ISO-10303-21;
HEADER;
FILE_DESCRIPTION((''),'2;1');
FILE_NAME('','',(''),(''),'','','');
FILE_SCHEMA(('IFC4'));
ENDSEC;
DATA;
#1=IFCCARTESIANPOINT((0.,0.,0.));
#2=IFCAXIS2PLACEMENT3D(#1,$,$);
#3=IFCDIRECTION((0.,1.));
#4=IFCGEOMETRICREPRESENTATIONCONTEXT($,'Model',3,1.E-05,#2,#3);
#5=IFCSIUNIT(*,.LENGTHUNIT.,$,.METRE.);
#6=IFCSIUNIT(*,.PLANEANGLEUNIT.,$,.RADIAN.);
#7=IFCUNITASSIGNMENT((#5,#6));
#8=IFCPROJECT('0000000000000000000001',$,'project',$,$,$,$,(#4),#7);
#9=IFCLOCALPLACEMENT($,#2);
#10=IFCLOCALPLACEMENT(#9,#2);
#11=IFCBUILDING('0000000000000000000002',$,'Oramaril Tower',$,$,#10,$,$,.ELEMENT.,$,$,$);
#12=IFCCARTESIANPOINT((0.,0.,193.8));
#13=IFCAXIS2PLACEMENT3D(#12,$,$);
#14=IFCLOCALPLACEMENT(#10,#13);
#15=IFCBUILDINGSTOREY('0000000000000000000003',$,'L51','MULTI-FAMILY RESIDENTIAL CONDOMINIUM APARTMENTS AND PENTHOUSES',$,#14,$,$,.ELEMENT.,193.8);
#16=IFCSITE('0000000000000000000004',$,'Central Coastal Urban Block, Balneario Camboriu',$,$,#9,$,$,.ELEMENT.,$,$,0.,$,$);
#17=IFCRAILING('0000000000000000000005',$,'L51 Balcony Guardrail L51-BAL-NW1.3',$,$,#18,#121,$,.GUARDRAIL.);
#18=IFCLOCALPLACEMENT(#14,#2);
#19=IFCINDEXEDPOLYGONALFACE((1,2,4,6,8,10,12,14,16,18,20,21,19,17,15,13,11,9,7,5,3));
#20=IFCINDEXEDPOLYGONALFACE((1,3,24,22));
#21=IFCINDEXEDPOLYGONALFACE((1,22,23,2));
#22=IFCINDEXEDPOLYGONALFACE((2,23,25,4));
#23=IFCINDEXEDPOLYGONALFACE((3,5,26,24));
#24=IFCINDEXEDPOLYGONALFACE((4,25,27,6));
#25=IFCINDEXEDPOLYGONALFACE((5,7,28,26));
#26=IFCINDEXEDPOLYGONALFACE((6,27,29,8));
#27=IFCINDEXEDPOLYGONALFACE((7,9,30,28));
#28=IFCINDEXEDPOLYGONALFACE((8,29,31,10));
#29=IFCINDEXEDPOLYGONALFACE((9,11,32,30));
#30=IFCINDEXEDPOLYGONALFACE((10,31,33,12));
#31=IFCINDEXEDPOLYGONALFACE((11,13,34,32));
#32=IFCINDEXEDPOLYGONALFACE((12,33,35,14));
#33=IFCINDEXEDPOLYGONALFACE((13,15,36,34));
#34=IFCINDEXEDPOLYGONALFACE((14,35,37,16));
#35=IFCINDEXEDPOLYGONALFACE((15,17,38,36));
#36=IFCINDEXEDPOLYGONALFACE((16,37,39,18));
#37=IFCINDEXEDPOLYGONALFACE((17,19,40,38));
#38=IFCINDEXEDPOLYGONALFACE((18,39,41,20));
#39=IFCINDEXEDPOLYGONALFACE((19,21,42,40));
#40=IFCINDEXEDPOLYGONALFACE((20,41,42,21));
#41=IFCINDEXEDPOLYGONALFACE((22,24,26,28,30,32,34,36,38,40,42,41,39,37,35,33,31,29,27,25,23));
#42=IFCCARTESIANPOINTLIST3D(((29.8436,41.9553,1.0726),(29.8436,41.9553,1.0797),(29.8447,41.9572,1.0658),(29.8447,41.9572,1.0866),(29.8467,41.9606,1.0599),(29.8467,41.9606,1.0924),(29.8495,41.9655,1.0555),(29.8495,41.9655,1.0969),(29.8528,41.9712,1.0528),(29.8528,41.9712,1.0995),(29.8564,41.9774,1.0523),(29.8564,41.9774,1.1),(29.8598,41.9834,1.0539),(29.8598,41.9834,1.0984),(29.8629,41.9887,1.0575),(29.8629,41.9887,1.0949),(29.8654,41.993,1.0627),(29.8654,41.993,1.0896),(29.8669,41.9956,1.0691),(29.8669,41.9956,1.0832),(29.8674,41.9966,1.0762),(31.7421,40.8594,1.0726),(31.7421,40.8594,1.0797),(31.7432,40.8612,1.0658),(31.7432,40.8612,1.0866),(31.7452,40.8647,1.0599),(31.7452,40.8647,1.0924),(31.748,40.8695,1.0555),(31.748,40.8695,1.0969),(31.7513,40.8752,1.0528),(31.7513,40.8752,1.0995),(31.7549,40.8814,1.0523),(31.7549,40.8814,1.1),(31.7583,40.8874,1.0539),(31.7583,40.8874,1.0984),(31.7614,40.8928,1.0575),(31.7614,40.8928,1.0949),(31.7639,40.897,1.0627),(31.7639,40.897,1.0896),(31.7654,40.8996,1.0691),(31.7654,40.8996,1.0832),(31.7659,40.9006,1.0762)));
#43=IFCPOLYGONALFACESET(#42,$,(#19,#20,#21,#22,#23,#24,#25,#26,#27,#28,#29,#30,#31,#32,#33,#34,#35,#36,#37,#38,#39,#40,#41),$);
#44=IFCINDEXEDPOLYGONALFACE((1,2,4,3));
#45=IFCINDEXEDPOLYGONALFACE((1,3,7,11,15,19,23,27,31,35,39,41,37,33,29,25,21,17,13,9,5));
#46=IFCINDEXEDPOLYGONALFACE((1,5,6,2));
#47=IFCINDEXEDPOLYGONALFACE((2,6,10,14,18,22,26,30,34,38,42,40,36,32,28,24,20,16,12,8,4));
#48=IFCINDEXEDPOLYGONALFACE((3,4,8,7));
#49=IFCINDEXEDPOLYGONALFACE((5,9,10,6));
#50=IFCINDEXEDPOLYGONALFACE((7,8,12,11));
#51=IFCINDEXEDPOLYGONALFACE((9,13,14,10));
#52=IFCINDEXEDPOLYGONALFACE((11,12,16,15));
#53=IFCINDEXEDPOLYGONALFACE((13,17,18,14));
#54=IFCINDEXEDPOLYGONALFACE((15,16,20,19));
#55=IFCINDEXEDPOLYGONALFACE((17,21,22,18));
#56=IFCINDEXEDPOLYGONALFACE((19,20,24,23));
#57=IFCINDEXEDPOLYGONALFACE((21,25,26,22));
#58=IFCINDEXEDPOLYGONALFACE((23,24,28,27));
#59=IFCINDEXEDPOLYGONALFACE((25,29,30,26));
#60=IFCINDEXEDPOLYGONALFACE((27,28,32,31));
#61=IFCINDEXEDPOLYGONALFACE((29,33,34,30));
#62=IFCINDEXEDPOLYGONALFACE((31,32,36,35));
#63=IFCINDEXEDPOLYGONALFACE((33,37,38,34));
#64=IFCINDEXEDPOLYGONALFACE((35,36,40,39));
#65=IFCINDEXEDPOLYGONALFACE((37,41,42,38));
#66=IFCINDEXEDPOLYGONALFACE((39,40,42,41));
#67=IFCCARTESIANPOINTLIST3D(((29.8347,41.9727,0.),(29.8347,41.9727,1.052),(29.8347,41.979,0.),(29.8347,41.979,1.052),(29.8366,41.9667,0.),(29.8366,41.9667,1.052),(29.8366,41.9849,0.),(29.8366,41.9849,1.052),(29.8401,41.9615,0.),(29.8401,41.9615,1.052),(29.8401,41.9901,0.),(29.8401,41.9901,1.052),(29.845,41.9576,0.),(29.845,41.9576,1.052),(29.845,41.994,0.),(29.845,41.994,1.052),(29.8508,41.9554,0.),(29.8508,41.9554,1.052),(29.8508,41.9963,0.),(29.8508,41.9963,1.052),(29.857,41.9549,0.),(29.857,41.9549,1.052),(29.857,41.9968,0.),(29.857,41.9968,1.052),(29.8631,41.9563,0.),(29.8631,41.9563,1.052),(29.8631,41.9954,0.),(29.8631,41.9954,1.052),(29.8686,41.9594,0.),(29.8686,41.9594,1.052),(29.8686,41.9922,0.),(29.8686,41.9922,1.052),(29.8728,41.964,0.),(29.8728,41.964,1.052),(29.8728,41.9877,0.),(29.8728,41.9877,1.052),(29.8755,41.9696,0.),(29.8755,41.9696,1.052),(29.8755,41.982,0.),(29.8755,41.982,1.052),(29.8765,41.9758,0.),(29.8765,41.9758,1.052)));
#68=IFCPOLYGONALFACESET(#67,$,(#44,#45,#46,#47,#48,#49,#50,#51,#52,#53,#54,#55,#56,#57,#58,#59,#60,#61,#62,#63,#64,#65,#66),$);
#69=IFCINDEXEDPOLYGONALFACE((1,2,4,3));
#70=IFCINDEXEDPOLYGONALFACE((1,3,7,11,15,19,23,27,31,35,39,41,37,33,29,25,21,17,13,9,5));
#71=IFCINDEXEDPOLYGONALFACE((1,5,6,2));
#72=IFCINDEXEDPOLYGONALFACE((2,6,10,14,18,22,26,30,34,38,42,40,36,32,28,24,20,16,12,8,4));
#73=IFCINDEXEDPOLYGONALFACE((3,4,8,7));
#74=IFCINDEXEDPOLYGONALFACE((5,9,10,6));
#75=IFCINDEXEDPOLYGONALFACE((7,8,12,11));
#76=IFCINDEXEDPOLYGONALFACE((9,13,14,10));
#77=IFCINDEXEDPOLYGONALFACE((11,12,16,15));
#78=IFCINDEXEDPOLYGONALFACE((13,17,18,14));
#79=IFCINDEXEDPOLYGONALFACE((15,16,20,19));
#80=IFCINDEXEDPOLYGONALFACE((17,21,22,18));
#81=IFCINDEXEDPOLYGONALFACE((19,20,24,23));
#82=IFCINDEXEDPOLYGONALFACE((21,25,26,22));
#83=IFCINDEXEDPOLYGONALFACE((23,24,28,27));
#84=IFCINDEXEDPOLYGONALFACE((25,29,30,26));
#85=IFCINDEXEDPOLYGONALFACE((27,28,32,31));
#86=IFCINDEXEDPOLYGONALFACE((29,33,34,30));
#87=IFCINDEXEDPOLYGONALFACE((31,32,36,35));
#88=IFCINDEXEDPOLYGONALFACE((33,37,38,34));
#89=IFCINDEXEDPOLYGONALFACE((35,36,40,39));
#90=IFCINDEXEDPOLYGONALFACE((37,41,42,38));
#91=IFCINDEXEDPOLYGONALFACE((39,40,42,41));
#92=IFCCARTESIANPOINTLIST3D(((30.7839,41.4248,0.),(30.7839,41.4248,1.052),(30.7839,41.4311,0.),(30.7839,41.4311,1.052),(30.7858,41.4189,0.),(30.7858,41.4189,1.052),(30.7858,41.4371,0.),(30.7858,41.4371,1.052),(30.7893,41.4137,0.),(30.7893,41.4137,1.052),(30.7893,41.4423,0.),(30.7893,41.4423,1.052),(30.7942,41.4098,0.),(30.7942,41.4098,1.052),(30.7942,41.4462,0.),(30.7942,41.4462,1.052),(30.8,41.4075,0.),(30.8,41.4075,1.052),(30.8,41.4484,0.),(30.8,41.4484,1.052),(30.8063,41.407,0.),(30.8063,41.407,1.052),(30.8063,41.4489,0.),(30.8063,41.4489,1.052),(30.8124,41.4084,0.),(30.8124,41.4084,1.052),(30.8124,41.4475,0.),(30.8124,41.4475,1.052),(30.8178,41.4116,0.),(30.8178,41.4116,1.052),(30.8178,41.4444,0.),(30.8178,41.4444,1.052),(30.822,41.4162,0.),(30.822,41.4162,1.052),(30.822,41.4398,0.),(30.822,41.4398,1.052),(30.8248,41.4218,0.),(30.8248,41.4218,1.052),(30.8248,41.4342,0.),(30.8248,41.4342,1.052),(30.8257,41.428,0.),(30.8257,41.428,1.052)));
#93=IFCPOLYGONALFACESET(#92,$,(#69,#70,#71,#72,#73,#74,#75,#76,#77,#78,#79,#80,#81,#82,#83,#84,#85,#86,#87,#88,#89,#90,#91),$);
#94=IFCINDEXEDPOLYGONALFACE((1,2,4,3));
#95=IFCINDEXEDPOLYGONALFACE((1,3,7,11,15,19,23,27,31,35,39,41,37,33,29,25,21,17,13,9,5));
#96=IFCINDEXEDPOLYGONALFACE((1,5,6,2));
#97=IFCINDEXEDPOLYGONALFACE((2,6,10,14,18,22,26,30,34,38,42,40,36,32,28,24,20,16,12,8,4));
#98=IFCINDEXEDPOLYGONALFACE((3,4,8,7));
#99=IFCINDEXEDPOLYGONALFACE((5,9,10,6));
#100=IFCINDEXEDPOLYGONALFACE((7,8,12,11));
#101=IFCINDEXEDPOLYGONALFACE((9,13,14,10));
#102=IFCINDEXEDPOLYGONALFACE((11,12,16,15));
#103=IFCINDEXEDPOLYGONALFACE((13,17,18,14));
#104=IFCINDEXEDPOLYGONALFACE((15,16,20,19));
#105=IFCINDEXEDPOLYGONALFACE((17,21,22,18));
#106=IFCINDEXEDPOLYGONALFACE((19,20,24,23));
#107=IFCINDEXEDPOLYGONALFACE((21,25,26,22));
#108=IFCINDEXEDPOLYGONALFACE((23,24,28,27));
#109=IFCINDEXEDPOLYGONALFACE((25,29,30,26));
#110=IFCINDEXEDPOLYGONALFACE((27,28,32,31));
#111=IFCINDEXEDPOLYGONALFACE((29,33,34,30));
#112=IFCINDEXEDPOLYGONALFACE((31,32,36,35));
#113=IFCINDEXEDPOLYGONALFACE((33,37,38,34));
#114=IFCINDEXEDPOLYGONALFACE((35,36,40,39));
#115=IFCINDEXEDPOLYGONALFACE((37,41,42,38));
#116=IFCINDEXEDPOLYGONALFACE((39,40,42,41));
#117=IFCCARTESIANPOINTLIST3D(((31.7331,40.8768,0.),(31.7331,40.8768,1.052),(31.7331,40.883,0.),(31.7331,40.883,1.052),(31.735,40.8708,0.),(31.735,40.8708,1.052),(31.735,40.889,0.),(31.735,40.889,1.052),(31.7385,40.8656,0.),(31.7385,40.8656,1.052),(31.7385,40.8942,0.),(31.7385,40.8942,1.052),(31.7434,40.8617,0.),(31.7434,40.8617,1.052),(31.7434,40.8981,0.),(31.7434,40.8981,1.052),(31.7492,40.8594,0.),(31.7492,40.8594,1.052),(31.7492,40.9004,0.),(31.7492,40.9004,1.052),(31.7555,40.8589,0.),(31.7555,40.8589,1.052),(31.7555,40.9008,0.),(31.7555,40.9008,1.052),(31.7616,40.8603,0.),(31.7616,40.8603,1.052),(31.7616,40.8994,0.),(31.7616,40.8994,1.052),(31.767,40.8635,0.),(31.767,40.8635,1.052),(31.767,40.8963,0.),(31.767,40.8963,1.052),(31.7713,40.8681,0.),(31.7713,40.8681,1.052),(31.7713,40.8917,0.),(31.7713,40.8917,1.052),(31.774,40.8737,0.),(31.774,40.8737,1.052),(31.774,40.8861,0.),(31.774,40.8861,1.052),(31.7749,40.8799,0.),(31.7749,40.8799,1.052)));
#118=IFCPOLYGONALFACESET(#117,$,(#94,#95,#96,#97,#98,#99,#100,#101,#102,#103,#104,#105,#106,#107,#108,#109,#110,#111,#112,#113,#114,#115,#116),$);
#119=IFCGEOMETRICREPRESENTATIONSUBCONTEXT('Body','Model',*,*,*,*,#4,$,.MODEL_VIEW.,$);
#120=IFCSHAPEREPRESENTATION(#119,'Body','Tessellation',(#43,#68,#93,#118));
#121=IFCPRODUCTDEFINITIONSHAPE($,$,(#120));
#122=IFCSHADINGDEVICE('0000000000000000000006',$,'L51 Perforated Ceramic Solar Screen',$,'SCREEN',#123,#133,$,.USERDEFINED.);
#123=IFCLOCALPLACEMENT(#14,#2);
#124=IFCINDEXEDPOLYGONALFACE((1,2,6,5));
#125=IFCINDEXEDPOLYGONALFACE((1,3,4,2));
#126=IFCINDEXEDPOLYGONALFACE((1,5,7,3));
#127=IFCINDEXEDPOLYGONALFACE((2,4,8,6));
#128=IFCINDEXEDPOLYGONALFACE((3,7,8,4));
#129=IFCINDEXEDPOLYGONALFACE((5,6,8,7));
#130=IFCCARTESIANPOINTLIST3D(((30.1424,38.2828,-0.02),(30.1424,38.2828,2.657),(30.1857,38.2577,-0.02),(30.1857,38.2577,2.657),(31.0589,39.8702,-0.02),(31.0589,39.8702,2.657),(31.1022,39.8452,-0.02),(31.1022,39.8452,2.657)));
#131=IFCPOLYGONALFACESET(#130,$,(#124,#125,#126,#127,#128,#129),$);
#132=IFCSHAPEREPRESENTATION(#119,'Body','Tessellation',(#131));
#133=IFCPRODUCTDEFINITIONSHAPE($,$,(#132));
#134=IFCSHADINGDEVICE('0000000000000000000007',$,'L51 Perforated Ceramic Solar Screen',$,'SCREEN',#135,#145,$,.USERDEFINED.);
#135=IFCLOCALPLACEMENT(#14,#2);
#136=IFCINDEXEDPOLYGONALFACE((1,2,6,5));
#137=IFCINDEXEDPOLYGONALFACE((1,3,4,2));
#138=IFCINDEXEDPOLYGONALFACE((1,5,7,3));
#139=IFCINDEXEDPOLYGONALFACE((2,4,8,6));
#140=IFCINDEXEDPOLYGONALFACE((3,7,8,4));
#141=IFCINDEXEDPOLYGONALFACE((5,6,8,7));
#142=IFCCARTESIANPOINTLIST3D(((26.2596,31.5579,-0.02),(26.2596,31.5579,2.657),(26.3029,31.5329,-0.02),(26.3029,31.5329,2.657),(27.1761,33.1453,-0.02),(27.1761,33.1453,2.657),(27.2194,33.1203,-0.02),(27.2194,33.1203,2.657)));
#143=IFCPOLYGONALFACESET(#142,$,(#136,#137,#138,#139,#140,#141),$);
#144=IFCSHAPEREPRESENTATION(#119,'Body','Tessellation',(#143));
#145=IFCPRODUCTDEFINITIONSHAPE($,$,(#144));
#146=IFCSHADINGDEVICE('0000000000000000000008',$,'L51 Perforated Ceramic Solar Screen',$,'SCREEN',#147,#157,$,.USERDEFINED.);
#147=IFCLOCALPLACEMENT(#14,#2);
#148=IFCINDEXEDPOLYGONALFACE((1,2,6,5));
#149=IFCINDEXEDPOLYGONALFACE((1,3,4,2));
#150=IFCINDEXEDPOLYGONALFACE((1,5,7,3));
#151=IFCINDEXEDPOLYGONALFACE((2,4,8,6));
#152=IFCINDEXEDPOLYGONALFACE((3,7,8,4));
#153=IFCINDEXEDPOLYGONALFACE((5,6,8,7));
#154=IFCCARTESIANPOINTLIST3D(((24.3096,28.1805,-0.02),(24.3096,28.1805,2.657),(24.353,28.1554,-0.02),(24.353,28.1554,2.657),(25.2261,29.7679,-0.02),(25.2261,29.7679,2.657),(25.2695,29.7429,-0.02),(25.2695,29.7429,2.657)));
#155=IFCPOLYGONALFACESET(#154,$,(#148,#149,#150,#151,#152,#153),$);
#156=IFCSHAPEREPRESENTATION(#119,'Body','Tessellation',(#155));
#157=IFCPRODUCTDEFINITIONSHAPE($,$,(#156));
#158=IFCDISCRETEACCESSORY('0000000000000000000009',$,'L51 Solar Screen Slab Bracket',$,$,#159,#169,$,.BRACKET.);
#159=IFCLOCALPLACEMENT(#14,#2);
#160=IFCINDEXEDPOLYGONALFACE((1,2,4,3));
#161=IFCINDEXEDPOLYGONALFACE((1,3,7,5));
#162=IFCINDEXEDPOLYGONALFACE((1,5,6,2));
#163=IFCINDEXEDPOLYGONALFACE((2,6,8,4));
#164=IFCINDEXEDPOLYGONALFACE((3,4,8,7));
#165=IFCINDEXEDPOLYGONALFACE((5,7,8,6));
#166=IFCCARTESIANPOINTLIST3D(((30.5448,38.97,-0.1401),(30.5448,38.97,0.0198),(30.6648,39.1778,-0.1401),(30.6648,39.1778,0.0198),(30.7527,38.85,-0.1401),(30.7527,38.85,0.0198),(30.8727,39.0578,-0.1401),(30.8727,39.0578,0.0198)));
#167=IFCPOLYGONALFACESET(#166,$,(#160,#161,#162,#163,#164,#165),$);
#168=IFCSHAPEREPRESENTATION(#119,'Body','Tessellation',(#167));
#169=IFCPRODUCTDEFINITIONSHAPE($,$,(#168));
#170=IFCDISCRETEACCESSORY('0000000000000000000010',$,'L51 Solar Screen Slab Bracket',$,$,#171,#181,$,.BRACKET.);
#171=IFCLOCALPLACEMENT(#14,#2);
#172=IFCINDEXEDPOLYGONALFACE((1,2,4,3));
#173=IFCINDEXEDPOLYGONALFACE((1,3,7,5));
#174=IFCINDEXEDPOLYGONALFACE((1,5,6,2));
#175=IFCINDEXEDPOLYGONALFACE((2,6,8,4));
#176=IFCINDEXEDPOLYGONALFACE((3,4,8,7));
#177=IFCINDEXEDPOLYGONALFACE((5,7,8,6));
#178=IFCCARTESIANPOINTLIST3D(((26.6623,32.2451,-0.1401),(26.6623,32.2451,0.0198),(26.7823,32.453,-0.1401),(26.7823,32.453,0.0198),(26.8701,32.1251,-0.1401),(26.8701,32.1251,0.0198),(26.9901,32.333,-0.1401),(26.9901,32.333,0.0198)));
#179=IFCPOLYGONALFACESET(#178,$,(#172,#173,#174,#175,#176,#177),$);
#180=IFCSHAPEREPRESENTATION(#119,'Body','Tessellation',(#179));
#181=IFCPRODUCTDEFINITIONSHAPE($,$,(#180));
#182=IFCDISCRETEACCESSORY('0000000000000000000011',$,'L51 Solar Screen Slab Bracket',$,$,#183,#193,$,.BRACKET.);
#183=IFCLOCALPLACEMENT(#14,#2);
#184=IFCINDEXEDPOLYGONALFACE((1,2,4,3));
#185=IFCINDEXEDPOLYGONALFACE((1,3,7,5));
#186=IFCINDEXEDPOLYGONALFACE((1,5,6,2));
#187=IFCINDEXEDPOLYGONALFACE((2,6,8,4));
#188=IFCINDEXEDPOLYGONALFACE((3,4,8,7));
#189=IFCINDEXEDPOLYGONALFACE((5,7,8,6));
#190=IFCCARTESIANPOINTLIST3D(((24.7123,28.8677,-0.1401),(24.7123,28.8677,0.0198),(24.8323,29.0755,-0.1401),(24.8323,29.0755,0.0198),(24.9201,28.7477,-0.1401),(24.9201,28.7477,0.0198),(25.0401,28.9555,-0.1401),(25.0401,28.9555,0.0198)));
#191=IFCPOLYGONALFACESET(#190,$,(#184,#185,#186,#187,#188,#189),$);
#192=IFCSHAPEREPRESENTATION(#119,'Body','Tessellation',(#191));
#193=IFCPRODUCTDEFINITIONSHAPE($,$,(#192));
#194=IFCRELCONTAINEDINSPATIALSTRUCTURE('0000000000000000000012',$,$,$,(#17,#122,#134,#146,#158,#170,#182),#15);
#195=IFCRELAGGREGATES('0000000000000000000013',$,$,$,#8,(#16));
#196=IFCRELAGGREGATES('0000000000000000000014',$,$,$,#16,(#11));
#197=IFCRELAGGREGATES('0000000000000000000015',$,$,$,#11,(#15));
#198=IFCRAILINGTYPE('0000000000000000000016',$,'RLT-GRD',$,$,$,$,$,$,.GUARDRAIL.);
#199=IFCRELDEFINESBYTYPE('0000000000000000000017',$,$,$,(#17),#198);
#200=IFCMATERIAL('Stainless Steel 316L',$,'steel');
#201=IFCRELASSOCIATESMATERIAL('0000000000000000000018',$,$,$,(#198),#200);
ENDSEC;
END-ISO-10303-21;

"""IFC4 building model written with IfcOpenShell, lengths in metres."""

from ifc_helpers import new_model, si_unit, direction, frame, origin, origin_2d, place, context, subcontext, project, spatial, rectangle, circle, extrude, material, type_object, element, save


model = new_model("IFC4")

# Units and contexts
model_context = context("Model", 3, precision=1e-05, world=origin(), true_north=direction((0.0, 1.0)))
body_context = subcontext(model_context, "Body", "Model", "MODEL_VIEW")
ifc_project = project(units=[si_unit("LENGTHUNIT", "METRE"), si_unit("PLANEANGLEUNIT", "RADIAN")], contexts=[model_context])

# Site, building, storey
site_placement = place(None, origin())
site = spatial("IfcSite", under=ifc_project, at=site_placement, Name="Central Coastal Urban Block, Balneario Camboriu", CompositionType="ELEMENT", RefElevation=0.0)
building_placement = place(site_placement, origin())
building = spatial("IfcBuilding", under=site, at=building_placement, Name="Oramaril Tower", CompositionType="ELEMENT")
storey_placement = place(building_placement, frame((0.0, 0.0, 193.8)))
storey = spatial("IfcBuildingStorey", under=building, at=storey_placement, Name="L51", Description="MULTI-FAMILY RESIDENTIAL CONDOMINIUM APARTMENTS AND PENTHOUSES", CompositionType="ELEMENT", Elevation=193.8)

# Railing
ifc_material_1 = material(Name="Stainless Steel 316L", Category="steel")
railing_type = type_object("IfcRailingType", Name="RLT-GRD", PredefinedType="GUARDRAIL", material=ifc_material_1)
railing_1_placement = place(storey_placement, frame((29.8555, 41.9758, 0.0)))
element("IfcRailing", 1, at=railing_1_placement, inside=storey, type_object=railing_type, Name="L51 Balcony Guardrail L51-BAL-NW1.3", PredefinedType="GUARDRAIL", context=body_context, shape_type="SweptSolid", body=[
    extrude(circle(Radius=0.0239, at=origin_2d()), frame((0.0, 0.0, 1.0762), z_axis=(0.866048, -0.49996, 0.0), x_axis=(0.49996, 0.866048, 0.0)), (0.0, 0.0, 1.0), 2.1921),
    extrude(circle(Radius=0.021, at=origin_2d()), origin(), (0.0, 0.0, 1.0), 1.052),
    extrude(circle(Radius=0.021, at=origin_2d()), frame((0.9492, -0.5479, 0.0)), (0.0, 0.0, 1.0), 1.052),
    extrude(circle(Radius=0.021, at=origin_2d()), frame((1.8984, -1.0959, 0.0)), (0.0, 0.0, 1.0), 1.052),
])

# Shading devices
for number, where, z_axis, x_axis, name in (
    (2, (30.6223, 39.064, -0.02), (0.0, 0.0, 1.0), (-0.5, -0.866025, 0.0), "L51 Perforated Ceramic Solar Screen"),
    (3, (26.7395, 32.3391, -0.02), (0.0, 0.0, 1.0), (-0.5, -0.866025, 0.0), "L51 Perforated Ceramic Solar Screen"),
    (4, (24.7896, 28.9617, -0.02), (0.0, 0.0, 1.0), (-0.5, -0.866025, 0.0), "L51 Perforated Ceramic Solar Screen"),
):
    element("IfcShadingDevice", number, at=place(storey_placement, frame(where, z_axis=z_axis, x_axis=x_axis)), inside=storey, Name=name, ObjectType="SCREEN", PredefinedType="USERDEFINED", context=body_context, shape_type="SweptSolid", body=[
        extrude(rectangle(XDim=1.833, YDim=0.05, at=origin_2d()), origin(), (0.0, 0.0, 1.0), 2.677),
    ])

# Discrete accessories
for number, where, z_axis, x_axis, name in (
    (5, (30.7087, 39.0139, -0.1401), (0.0, 0.0, 1.0), (-0.5, -0.866025, 0.0), "L51 Solar Screen Slab Bracket"),
    (6, (26.8262, 32.2891, -0.1401), (0.0, 0.0, 1.0), (-0.5, -0.866025, 0.0), "L51 Solar Screen Slab Bracket"),
    (7, (24.8762, 28.9116, -0.1401), (0.0, 0.0, 1.0), (-0.5, -0.866025, 0.0), "L51 Solar Screen Slab Bracket"),
):
    element("IfcDiscreteAccessory", number, at=place(storey_placement, frame(where, z_axis=z_axis, x_axis=x_axis)), inside=storey, Name=name, PredefinedType="BRACKET", context=body_context, shape_type="SweptSolid", body=[
        extrude(rectangle(XDim=0.24, YDim=0.24, at=origin_2d()), origin(), (0.0, 0.0, 1.0), 0.1599),
    ])

save(model, "model.ifc")
